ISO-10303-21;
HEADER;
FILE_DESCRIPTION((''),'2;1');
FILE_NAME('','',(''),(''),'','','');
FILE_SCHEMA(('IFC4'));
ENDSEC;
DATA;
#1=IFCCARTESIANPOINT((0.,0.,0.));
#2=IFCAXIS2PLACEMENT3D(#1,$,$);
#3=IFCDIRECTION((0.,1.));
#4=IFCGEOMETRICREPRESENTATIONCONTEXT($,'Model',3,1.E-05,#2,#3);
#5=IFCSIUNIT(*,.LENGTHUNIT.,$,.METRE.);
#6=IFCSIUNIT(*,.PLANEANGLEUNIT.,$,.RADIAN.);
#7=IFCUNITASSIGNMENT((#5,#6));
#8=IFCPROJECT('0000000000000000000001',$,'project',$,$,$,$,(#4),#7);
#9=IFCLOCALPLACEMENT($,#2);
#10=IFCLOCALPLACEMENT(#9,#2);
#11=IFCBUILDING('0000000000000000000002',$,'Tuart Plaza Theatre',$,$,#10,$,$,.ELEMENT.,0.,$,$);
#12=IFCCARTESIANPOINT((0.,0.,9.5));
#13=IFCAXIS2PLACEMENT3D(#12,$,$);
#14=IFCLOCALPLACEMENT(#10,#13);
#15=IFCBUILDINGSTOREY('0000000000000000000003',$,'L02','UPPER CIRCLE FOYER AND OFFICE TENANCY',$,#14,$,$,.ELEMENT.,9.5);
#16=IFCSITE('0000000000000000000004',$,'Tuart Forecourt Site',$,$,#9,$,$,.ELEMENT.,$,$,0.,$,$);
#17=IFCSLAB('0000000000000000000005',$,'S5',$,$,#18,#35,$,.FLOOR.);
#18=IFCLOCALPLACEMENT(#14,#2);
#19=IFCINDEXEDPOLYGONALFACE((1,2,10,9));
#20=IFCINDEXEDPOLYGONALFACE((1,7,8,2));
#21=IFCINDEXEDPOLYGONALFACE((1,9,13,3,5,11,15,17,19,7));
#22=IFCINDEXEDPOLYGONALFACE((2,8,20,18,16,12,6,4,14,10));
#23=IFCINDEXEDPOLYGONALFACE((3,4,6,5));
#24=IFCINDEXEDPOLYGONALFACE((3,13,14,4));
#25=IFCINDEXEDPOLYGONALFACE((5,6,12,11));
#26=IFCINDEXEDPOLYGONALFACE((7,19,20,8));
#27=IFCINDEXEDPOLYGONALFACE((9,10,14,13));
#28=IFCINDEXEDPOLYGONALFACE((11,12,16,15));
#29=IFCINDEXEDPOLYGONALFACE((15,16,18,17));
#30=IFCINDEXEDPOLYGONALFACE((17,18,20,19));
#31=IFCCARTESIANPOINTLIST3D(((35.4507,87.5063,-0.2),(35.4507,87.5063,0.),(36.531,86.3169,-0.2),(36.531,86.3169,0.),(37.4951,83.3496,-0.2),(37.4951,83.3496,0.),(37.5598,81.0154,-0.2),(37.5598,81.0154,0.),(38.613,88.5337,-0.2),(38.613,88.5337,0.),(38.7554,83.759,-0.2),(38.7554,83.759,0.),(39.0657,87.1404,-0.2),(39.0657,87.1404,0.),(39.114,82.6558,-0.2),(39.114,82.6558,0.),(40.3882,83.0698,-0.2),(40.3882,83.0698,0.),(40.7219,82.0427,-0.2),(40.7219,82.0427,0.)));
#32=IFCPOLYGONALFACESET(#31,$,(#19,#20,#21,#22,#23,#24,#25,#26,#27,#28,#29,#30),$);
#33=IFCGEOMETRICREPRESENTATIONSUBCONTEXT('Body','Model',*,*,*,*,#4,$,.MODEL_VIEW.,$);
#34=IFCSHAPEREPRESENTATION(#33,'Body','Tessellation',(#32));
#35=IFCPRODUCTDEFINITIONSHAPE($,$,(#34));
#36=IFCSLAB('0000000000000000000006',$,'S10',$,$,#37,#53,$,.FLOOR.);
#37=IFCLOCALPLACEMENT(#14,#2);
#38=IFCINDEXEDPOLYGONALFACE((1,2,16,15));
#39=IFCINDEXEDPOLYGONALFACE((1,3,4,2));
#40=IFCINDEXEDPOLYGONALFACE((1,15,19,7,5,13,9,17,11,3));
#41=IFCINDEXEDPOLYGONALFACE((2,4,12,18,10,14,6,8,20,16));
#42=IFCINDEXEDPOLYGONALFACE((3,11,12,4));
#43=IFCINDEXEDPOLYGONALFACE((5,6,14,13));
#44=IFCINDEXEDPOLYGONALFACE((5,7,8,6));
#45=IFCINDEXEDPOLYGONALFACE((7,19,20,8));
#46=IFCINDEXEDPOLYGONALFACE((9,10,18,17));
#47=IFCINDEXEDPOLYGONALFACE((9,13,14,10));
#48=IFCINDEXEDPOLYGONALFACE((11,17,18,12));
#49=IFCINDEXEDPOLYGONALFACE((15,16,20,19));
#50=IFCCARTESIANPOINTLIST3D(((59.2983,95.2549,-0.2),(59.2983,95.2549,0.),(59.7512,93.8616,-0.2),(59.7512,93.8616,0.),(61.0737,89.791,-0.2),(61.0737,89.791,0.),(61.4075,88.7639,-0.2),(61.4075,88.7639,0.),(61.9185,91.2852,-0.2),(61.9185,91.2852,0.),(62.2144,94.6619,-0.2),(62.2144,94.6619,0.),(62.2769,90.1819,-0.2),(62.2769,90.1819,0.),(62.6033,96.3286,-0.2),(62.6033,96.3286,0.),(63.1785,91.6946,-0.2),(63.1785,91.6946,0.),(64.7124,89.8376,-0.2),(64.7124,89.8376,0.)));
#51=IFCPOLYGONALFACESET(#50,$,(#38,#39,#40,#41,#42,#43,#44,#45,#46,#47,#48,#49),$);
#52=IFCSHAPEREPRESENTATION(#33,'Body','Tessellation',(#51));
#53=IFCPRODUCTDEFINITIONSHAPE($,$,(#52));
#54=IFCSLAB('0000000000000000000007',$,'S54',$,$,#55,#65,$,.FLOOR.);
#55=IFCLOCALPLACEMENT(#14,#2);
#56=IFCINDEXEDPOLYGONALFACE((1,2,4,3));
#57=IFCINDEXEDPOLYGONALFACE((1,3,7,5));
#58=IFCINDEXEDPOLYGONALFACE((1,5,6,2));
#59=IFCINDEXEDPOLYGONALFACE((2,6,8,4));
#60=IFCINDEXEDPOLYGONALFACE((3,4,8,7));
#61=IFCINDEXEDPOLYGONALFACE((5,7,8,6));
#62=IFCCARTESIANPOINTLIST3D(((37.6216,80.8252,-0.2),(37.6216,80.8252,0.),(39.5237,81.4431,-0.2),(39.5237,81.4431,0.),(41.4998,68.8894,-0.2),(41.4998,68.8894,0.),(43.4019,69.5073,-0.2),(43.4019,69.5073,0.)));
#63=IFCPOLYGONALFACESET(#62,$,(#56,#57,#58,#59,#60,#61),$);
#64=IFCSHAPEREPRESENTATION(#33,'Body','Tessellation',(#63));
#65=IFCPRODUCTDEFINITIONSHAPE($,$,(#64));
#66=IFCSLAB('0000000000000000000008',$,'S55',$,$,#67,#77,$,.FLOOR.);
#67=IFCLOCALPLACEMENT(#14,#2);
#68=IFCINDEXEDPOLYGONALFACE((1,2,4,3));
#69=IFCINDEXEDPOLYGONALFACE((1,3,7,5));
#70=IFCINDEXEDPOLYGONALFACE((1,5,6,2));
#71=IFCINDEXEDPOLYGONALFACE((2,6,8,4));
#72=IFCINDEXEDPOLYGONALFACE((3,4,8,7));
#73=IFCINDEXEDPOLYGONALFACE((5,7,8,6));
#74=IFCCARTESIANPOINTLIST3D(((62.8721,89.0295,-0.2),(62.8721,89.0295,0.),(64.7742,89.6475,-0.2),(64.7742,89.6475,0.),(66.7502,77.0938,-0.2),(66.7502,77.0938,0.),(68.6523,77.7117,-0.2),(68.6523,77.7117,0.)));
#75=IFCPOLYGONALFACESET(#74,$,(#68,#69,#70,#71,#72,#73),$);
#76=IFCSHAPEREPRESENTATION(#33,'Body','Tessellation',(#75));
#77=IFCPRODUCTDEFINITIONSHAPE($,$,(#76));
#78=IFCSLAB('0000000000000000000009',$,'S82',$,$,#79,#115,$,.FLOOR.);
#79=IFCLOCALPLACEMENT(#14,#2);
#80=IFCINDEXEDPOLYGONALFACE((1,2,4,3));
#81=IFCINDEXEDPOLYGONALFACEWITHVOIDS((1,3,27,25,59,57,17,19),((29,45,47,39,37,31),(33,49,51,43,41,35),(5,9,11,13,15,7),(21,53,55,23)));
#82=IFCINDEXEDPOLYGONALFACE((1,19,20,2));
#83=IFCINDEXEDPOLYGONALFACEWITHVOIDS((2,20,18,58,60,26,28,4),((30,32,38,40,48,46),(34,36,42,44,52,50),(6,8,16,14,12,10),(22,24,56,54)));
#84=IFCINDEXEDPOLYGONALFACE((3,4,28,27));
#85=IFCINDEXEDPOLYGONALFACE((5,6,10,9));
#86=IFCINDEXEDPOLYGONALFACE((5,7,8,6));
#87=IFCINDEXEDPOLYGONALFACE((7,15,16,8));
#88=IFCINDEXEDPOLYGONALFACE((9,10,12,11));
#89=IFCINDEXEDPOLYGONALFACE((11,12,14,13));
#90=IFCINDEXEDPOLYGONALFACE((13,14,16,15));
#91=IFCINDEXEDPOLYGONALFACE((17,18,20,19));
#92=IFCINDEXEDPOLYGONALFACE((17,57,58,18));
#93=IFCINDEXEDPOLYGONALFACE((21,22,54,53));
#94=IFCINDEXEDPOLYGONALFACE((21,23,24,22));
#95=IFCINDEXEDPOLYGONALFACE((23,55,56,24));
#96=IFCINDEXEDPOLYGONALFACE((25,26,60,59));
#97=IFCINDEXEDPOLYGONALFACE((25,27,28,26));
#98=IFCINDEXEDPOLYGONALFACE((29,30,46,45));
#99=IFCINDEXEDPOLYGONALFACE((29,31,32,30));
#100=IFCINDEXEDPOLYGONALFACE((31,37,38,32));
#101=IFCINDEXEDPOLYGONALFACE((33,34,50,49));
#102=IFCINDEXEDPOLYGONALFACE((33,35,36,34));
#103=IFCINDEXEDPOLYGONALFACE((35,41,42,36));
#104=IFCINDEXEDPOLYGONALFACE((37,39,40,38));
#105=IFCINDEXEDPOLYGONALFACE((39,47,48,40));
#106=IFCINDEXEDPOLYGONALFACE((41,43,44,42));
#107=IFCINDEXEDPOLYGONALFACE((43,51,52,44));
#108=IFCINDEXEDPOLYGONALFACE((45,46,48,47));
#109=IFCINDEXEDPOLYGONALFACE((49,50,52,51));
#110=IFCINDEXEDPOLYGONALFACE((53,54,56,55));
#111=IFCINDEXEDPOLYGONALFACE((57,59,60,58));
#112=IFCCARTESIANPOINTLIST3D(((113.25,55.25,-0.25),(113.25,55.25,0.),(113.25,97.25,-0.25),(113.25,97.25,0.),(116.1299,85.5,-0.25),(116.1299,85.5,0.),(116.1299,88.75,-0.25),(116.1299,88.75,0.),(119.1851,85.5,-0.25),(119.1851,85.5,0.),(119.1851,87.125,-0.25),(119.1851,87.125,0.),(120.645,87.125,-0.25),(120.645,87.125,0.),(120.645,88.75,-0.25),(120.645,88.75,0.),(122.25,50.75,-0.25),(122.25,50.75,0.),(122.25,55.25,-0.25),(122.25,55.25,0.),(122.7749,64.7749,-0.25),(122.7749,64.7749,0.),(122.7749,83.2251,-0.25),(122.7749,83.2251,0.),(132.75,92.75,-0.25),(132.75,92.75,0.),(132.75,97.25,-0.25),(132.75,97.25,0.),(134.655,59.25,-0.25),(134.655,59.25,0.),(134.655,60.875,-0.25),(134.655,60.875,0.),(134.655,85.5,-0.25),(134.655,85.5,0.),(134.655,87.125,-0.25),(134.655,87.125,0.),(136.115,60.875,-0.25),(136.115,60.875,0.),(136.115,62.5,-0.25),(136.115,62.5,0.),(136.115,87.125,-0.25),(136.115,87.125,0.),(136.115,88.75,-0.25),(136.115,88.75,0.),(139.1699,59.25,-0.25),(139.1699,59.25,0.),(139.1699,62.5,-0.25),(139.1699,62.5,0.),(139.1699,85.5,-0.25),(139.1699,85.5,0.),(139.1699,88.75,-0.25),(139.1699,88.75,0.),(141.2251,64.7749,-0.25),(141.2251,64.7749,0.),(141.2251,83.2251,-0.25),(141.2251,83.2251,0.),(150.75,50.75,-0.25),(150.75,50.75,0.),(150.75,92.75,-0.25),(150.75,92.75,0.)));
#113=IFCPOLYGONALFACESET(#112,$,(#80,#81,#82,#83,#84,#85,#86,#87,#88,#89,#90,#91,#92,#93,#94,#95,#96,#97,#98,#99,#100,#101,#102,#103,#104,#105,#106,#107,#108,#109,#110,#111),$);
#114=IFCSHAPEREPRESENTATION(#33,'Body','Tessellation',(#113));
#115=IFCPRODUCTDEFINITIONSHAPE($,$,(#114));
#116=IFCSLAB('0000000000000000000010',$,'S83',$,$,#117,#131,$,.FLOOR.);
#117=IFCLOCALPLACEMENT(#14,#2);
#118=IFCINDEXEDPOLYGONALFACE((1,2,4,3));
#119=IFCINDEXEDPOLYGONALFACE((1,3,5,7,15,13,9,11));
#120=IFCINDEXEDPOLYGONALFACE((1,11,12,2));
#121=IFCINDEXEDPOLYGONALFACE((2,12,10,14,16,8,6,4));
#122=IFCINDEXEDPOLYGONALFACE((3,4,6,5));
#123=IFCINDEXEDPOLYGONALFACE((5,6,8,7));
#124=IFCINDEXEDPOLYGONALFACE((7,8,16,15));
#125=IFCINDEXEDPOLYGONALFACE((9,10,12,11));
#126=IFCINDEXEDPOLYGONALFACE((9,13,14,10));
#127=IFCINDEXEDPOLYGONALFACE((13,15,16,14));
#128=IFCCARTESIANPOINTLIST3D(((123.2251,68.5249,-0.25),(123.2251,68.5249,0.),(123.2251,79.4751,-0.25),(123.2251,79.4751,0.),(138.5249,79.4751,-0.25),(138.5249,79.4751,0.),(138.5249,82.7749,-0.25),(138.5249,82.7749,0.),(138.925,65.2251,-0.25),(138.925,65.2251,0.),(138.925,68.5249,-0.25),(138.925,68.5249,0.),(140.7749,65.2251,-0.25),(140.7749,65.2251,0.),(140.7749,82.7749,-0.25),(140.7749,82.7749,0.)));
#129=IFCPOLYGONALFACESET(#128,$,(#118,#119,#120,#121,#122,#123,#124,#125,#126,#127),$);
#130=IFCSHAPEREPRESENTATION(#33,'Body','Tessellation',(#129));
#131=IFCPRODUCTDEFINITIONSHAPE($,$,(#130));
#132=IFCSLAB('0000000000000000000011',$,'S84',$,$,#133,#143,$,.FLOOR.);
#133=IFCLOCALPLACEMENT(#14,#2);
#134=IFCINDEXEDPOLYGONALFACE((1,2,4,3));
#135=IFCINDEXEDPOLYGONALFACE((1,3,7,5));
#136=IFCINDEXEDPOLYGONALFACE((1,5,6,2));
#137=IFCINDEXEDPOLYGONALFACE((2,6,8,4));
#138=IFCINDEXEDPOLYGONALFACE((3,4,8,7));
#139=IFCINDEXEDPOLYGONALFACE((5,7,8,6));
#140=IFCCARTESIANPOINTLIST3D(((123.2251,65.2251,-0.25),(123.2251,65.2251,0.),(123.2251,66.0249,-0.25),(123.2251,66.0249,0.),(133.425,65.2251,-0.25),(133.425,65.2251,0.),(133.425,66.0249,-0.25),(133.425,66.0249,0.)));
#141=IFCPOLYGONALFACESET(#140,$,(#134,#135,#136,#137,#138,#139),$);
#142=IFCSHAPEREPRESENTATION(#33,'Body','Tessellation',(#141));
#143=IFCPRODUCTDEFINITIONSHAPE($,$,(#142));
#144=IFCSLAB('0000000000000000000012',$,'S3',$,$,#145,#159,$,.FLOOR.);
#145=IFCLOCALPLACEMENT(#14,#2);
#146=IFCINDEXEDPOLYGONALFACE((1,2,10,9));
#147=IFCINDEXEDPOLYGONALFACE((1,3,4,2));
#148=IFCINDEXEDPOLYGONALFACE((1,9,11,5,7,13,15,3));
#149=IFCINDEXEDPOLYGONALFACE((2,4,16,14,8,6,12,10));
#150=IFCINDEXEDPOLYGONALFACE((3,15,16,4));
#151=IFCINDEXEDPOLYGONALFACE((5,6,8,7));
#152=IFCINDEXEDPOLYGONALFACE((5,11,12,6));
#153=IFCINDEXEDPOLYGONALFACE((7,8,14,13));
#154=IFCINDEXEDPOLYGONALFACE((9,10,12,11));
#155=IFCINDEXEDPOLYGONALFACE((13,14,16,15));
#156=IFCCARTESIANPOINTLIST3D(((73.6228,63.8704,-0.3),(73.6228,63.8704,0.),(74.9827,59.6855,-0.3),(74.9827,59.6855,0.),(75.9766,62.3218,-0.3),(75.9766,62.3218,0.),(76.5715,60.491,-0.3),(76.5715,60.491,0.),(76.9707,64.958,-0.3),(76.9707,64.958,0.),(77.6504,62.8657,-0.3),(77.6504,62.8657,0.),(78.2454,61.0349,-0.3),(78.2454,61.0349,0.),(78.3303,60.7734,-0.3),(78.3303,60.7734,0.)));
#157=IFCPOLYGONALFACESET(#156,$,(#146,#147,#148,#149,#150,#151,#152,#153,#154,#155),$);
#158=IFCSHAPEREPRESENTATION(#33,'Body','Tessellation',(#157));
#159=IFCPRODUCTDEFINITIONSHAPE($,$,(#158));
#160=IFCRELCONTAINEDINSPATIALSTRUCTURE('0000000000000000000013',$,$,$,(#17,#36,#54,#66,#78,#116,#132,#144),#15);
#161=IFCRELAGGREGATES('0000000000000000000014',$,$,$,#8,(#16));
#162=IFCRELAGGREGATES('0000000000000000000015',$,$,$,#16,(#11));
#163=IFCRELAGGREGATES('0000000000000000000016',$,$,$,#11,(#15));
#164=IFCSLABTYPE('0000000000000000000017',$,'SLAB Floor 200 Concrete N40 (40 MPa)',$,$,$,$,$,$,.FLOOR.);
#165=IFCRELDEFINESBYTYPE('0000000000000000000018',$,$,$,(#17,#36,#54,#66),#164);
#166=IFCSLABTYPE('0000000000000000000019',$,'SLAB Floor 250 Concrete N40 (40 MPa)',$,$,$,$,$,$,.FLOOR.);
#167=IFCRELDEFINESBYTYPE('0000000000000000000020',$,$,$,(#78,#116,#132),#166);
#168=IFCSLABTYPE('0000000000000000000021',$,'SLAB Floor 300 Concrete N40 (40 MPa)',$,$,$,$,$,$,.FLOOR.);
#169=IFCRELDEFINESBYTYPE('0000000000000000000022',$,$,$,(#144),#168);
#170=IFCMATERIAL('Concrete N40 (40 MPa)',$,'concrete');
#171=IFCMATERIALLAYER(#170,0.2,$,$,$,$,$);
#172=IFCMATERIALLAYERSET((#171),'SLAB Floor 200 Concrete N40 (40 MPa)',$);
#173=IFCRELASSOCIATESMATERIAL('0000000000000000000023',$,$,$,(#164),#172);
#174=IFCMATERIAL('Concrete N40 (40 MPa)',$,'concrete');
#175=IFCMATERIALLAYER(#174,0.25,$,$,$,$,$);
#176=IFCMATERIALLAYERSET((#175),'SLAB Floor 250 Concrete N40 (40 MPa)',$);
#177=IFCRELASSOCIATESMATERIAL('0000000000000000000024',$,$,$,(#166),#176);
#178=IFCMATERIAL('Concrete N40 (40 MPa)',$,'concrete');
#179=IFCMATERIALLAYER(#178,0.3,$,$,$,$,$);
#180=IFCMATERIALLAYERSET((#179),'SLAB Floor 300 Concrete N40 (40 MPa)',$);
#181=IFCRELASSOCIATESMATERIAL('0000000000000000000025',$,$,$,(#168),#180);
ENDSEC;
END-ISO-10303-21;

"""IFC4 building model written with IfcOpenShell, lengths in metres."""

from ifc_helpers import new_model, si_unit, direction, frame, origin, place, context, subcontext, project, spatial, polyline, outline, extrude, material, layer, layer_set, type_object, element, save


model = new_model("IFC4")

# Units and contexts
model_context = context("Model", 3, precision=1e-05, world=origin(), true_north=direction((0.0, 1.0)))
body_context = subcontext(model_context, "Body", "Model", "MODEL_VIEW")
ifc_project = project(units=[si_unit("LENGTHUNIT", "METRE"), si_unit("PLANEANGLEUNIT", "RADIAN")], contexts=[model_context])

# Site, building, storey
site_placement = place(None, origin())
site = spatial("IfcSite", under=ifc_project, at=site_placement, Name="Tuart Forecourt Site", CompositionType="ELEMENT", RefElevation=0.0)
building_placement = place(site_placement, origin())
building = spatial("IfcBuilding", under=site, at=building_placement, Name="Tuart Plaza Theatre", CompositionType="ELEMENT", ElevationOfRefHeight=0.0)
storey_placement = place(building_placement, frame((0.0, 0.0, 9.5)))
storey = spatial("IfcBuildingStorey", under=building, at=storey_placement, Name="L02", Description="UPPER CIRCLE FOYER AND OFFICE TENANCY", CompositionType="ELEMENT", Elevation=9.5)

# Slabs
ifc_material_1 = material(Name="Concrete N40 (40 MPa)", Category="concrete")
ifc_layer_1 = layer(ifc_material_1, 0.2)
ifc_layer_set_1 = layer_set([ifc_layer_1], Name="SLAB Floor 200 Concrete N40 (40 MPa)")
slab_type_1 = type_object("IfcSlabType", Name="SLAB Floor 200 Concrete N40 (40 MPa)", PredefinedType="FLOOR", material=ifc_layer_set_1)
slab_1_placement = place(storey_placement, frame((0.0, 0.0, -0.2)))
element("IfcSlab", 1, at=slab_1_placement, inside=storey, type_object=slab_type_1, Name="S5", PredefinedType="FLOOR", context=body_context, shape_type="SweptSolid", body=[
    extrude(outline(polyline([(35.4507, 87.5063), (37.5598, 81.0154), (40.7219, 82.0427), (40.3882, 83.0698), (39.114, 82.6558), (38.7554, 83.759), (37.4951, 83.3496), (36.531, 86.3169), (39.0657, 87.1404), (38.613, 88.5337), (35.4507, 87.5063)])), origin(), (0.0, 0.0, 1.0), 0.2),
])
slab_2_placement = place(storey_placement, frame((0.0, 0.0, -0.2)))
element("IfcSlab", 2, at=slab_2_placement, inside=storey, type_object=slab_type_1, Name="S10", PredefinedType="FLOOR", context=body_context, shape_type="SweptSolid", body=[
    extrude(outline(polyline([(62.2144, 94.6619), (63.1785, 91.6946), (61.9185, 91.2852), (62.2769, 90.1819), (61.0737, 89.791), (61.4075, 88.7639), (64.7124, 89.8376), (62.6033, 96.3286), (59.2983, 95.2549), (59.7512, 93.8616), (62.2144, 94.6619)])), origin(), (0.0, 0.0, 1.0), 0.2),
])
slab_3_placement = place(storey_placement, frame((0.0, 0.0, -0.2)))
element("IfcSlab", 3, at=slab_3_placement, inside=storey, type_object=slab_type_1, Name="S54", PredefinedType="FLOOR", context=body_context, shape_type="SweptSolid", body=[
    extrude(outline(polyline([(43.4019, 69.5073), (39.5237, 81.4431), (37.6216, 80.8252), (41.4998, 68.8894), (43.4019, 69.5073)])), origin(), (0.0, 0.0, 1.0), 0.2),
])
slab_4_placement = place(storey_placement, frame((0.0, 0.0, -0.2)))
element("IfcSlab", 4, at=slab_4_placement, inside=storey, type_object=slab_type_1, Name="S55", PredefinedType="FLOOR", context=body_context, shape_type="SweptSolid", body=[
    extrude(outline(polyline([(68.6523, 77.7117), (64.7742, 89.6475), (62.8721, 89.0295), (66.7502, 77.0938), (68.6523, 77.7117)])), origin(), (0.0, 0.0, 1.0), 0.2),
])
ifc_material_2 = material(Name="Concrete N40 (40 MPa)", Category="concrete")
ifc_layer_2 = layer(ifc_material_2, 0.25)
ifc_layer_set_2 = layer_set([ifc_layer_2], Name="SLAB Floor 250 Concrete N40 (40 MPa)")
slab_type_2 = type_object("IfcSlabType", Name="SLAB Floor 250 Concrete N40 (40 MPa)", PredefinedType="FLOOR", material=ifc_layer_set_2)
slab_5_placement = place(storey_placement, frame((0.0, 0.0, -0.25)))
element("IfcSlab", 5, at=slab_5_placement, inside=storey, type_object=slab_type_2, Name="S82", PredefinedType="FLOOR", context=body_context, shape_type="SweptSolid", body=[
    extrude(outline(polyline([(150.75, 92.75), (132.75, 92.75), (132.75, 97.25), (113.25, 97.25), (113.25, 55.25), (122.25, 55.25), (122.25, 50.75), (150.75, 50.75), (150.75, 92.75)]), holes=[polyline([(141.2251, 64.7749), (141.2251, 83.2251), (122.7749, 83.2251), (122.7749, 64.7749), (141.2251, 64.7749)]), polyline([(136.115, 62.5), (136.115, 60.875), (134.655, 60.875), (134.655, 59.25), (139.1699, 59.25), (139.1699, 62.5), (136.115, 62.5)]), polyline([(139.1699, 88.75), (136.115, 88.75), (136.115, 87.125), (134.655, 87.125), (134.655, 85.5), (139.1699, 85.5), (139.1699, 88.75)]), polyline([(116.1299, 88.75), (116.1299, 85.5), (119.1851, 85.5), (119.1851, 87.125), (120.645, 87.125), (120.645, 88.75), (116.1299, 88.75)])]), origin(), (0.0, 0.0, 1.0), 0.25),
])
slab_6_placement = place(storey_placement, frame((0.0, 0.0, -0.25)))
element("IfcSlab", 6, at=slab_6_placement, inside=storey, type_object=slab_type_2, Name="S83", PredefinedType="FLOOR", context=body_context, shape_type="SweptSolid", body=[
    extrude(outline(polyline([(138.925, 68.5249), (138.925, 65.2251), (140.7749, 65.2251), (140.7749, 82.7749), (138.5249, 82.7749), (138.5249, 79.4751), (123.2251, 79.4751), (123.2251, 68.5249), (138.925, 68.5249)])), origin(), (0.0, 0.0, 1.0), 0.25),
])
slab_7_placement = place(storey_placement, frame((0.0, 0.0, -0.25)))
element("IfcSlab", 7, at=slab_7_placement, inside=storey, type_object=slab_type_2, Name="S84", PredefinedType="FLOOR", context=body_context, shape_type="SweptSolid", body=[
    extrude(outline(polyline([(123.2251, 66.0249), (123.2251, 65.2251), (133.425, 65.2251), (133.425, 66.0249), (123.2251, 66.0249)])), origin(), (0.0, 0.0, 1.0), 0.25),
])
ifc_material_3 = material(Name="Concrete N40 (40 MPa)", Category="concrete")
ifc_layer_3 = layer(ifc_material_3, 0.3)
ifc_layer_set_3 = layer_set([ifc_layer_3], Name="SLAB Floor 300 Concrete N40 (40 MPa)")
slab_type_3 = type_object("IfcSlabType", Name="SLAB Floor 300 Concrete N40 (40 MPa)", PredefinedType="FLOOR", material=ifc_layer_set_3)
slab_8_placement = place(storey_placement, frame((0.0, 0.0, -0.3)))
element("IfcSlab", 8, at=slab_8_placement, inside=storey, type_object=slab_type_3, Name="S3", PredefinedType="FLOOR", context=body_context, shape_type="SweptSolid", body=[
    extrude(outline(polyline([(74.9827, 59.6855), (78.3303, 60.7734), (78.2454, 61.0349), (76.5715, 60.491), (75.9766, 62.3218), (77.6504, 62.8657), (76.9707, 64.958), (73.6228, 63.8704), (74.9827, 59.6855)])), origin(), (0.0, 0.0, 1.0), 0.3),
])

save(model, "model.ifc")
